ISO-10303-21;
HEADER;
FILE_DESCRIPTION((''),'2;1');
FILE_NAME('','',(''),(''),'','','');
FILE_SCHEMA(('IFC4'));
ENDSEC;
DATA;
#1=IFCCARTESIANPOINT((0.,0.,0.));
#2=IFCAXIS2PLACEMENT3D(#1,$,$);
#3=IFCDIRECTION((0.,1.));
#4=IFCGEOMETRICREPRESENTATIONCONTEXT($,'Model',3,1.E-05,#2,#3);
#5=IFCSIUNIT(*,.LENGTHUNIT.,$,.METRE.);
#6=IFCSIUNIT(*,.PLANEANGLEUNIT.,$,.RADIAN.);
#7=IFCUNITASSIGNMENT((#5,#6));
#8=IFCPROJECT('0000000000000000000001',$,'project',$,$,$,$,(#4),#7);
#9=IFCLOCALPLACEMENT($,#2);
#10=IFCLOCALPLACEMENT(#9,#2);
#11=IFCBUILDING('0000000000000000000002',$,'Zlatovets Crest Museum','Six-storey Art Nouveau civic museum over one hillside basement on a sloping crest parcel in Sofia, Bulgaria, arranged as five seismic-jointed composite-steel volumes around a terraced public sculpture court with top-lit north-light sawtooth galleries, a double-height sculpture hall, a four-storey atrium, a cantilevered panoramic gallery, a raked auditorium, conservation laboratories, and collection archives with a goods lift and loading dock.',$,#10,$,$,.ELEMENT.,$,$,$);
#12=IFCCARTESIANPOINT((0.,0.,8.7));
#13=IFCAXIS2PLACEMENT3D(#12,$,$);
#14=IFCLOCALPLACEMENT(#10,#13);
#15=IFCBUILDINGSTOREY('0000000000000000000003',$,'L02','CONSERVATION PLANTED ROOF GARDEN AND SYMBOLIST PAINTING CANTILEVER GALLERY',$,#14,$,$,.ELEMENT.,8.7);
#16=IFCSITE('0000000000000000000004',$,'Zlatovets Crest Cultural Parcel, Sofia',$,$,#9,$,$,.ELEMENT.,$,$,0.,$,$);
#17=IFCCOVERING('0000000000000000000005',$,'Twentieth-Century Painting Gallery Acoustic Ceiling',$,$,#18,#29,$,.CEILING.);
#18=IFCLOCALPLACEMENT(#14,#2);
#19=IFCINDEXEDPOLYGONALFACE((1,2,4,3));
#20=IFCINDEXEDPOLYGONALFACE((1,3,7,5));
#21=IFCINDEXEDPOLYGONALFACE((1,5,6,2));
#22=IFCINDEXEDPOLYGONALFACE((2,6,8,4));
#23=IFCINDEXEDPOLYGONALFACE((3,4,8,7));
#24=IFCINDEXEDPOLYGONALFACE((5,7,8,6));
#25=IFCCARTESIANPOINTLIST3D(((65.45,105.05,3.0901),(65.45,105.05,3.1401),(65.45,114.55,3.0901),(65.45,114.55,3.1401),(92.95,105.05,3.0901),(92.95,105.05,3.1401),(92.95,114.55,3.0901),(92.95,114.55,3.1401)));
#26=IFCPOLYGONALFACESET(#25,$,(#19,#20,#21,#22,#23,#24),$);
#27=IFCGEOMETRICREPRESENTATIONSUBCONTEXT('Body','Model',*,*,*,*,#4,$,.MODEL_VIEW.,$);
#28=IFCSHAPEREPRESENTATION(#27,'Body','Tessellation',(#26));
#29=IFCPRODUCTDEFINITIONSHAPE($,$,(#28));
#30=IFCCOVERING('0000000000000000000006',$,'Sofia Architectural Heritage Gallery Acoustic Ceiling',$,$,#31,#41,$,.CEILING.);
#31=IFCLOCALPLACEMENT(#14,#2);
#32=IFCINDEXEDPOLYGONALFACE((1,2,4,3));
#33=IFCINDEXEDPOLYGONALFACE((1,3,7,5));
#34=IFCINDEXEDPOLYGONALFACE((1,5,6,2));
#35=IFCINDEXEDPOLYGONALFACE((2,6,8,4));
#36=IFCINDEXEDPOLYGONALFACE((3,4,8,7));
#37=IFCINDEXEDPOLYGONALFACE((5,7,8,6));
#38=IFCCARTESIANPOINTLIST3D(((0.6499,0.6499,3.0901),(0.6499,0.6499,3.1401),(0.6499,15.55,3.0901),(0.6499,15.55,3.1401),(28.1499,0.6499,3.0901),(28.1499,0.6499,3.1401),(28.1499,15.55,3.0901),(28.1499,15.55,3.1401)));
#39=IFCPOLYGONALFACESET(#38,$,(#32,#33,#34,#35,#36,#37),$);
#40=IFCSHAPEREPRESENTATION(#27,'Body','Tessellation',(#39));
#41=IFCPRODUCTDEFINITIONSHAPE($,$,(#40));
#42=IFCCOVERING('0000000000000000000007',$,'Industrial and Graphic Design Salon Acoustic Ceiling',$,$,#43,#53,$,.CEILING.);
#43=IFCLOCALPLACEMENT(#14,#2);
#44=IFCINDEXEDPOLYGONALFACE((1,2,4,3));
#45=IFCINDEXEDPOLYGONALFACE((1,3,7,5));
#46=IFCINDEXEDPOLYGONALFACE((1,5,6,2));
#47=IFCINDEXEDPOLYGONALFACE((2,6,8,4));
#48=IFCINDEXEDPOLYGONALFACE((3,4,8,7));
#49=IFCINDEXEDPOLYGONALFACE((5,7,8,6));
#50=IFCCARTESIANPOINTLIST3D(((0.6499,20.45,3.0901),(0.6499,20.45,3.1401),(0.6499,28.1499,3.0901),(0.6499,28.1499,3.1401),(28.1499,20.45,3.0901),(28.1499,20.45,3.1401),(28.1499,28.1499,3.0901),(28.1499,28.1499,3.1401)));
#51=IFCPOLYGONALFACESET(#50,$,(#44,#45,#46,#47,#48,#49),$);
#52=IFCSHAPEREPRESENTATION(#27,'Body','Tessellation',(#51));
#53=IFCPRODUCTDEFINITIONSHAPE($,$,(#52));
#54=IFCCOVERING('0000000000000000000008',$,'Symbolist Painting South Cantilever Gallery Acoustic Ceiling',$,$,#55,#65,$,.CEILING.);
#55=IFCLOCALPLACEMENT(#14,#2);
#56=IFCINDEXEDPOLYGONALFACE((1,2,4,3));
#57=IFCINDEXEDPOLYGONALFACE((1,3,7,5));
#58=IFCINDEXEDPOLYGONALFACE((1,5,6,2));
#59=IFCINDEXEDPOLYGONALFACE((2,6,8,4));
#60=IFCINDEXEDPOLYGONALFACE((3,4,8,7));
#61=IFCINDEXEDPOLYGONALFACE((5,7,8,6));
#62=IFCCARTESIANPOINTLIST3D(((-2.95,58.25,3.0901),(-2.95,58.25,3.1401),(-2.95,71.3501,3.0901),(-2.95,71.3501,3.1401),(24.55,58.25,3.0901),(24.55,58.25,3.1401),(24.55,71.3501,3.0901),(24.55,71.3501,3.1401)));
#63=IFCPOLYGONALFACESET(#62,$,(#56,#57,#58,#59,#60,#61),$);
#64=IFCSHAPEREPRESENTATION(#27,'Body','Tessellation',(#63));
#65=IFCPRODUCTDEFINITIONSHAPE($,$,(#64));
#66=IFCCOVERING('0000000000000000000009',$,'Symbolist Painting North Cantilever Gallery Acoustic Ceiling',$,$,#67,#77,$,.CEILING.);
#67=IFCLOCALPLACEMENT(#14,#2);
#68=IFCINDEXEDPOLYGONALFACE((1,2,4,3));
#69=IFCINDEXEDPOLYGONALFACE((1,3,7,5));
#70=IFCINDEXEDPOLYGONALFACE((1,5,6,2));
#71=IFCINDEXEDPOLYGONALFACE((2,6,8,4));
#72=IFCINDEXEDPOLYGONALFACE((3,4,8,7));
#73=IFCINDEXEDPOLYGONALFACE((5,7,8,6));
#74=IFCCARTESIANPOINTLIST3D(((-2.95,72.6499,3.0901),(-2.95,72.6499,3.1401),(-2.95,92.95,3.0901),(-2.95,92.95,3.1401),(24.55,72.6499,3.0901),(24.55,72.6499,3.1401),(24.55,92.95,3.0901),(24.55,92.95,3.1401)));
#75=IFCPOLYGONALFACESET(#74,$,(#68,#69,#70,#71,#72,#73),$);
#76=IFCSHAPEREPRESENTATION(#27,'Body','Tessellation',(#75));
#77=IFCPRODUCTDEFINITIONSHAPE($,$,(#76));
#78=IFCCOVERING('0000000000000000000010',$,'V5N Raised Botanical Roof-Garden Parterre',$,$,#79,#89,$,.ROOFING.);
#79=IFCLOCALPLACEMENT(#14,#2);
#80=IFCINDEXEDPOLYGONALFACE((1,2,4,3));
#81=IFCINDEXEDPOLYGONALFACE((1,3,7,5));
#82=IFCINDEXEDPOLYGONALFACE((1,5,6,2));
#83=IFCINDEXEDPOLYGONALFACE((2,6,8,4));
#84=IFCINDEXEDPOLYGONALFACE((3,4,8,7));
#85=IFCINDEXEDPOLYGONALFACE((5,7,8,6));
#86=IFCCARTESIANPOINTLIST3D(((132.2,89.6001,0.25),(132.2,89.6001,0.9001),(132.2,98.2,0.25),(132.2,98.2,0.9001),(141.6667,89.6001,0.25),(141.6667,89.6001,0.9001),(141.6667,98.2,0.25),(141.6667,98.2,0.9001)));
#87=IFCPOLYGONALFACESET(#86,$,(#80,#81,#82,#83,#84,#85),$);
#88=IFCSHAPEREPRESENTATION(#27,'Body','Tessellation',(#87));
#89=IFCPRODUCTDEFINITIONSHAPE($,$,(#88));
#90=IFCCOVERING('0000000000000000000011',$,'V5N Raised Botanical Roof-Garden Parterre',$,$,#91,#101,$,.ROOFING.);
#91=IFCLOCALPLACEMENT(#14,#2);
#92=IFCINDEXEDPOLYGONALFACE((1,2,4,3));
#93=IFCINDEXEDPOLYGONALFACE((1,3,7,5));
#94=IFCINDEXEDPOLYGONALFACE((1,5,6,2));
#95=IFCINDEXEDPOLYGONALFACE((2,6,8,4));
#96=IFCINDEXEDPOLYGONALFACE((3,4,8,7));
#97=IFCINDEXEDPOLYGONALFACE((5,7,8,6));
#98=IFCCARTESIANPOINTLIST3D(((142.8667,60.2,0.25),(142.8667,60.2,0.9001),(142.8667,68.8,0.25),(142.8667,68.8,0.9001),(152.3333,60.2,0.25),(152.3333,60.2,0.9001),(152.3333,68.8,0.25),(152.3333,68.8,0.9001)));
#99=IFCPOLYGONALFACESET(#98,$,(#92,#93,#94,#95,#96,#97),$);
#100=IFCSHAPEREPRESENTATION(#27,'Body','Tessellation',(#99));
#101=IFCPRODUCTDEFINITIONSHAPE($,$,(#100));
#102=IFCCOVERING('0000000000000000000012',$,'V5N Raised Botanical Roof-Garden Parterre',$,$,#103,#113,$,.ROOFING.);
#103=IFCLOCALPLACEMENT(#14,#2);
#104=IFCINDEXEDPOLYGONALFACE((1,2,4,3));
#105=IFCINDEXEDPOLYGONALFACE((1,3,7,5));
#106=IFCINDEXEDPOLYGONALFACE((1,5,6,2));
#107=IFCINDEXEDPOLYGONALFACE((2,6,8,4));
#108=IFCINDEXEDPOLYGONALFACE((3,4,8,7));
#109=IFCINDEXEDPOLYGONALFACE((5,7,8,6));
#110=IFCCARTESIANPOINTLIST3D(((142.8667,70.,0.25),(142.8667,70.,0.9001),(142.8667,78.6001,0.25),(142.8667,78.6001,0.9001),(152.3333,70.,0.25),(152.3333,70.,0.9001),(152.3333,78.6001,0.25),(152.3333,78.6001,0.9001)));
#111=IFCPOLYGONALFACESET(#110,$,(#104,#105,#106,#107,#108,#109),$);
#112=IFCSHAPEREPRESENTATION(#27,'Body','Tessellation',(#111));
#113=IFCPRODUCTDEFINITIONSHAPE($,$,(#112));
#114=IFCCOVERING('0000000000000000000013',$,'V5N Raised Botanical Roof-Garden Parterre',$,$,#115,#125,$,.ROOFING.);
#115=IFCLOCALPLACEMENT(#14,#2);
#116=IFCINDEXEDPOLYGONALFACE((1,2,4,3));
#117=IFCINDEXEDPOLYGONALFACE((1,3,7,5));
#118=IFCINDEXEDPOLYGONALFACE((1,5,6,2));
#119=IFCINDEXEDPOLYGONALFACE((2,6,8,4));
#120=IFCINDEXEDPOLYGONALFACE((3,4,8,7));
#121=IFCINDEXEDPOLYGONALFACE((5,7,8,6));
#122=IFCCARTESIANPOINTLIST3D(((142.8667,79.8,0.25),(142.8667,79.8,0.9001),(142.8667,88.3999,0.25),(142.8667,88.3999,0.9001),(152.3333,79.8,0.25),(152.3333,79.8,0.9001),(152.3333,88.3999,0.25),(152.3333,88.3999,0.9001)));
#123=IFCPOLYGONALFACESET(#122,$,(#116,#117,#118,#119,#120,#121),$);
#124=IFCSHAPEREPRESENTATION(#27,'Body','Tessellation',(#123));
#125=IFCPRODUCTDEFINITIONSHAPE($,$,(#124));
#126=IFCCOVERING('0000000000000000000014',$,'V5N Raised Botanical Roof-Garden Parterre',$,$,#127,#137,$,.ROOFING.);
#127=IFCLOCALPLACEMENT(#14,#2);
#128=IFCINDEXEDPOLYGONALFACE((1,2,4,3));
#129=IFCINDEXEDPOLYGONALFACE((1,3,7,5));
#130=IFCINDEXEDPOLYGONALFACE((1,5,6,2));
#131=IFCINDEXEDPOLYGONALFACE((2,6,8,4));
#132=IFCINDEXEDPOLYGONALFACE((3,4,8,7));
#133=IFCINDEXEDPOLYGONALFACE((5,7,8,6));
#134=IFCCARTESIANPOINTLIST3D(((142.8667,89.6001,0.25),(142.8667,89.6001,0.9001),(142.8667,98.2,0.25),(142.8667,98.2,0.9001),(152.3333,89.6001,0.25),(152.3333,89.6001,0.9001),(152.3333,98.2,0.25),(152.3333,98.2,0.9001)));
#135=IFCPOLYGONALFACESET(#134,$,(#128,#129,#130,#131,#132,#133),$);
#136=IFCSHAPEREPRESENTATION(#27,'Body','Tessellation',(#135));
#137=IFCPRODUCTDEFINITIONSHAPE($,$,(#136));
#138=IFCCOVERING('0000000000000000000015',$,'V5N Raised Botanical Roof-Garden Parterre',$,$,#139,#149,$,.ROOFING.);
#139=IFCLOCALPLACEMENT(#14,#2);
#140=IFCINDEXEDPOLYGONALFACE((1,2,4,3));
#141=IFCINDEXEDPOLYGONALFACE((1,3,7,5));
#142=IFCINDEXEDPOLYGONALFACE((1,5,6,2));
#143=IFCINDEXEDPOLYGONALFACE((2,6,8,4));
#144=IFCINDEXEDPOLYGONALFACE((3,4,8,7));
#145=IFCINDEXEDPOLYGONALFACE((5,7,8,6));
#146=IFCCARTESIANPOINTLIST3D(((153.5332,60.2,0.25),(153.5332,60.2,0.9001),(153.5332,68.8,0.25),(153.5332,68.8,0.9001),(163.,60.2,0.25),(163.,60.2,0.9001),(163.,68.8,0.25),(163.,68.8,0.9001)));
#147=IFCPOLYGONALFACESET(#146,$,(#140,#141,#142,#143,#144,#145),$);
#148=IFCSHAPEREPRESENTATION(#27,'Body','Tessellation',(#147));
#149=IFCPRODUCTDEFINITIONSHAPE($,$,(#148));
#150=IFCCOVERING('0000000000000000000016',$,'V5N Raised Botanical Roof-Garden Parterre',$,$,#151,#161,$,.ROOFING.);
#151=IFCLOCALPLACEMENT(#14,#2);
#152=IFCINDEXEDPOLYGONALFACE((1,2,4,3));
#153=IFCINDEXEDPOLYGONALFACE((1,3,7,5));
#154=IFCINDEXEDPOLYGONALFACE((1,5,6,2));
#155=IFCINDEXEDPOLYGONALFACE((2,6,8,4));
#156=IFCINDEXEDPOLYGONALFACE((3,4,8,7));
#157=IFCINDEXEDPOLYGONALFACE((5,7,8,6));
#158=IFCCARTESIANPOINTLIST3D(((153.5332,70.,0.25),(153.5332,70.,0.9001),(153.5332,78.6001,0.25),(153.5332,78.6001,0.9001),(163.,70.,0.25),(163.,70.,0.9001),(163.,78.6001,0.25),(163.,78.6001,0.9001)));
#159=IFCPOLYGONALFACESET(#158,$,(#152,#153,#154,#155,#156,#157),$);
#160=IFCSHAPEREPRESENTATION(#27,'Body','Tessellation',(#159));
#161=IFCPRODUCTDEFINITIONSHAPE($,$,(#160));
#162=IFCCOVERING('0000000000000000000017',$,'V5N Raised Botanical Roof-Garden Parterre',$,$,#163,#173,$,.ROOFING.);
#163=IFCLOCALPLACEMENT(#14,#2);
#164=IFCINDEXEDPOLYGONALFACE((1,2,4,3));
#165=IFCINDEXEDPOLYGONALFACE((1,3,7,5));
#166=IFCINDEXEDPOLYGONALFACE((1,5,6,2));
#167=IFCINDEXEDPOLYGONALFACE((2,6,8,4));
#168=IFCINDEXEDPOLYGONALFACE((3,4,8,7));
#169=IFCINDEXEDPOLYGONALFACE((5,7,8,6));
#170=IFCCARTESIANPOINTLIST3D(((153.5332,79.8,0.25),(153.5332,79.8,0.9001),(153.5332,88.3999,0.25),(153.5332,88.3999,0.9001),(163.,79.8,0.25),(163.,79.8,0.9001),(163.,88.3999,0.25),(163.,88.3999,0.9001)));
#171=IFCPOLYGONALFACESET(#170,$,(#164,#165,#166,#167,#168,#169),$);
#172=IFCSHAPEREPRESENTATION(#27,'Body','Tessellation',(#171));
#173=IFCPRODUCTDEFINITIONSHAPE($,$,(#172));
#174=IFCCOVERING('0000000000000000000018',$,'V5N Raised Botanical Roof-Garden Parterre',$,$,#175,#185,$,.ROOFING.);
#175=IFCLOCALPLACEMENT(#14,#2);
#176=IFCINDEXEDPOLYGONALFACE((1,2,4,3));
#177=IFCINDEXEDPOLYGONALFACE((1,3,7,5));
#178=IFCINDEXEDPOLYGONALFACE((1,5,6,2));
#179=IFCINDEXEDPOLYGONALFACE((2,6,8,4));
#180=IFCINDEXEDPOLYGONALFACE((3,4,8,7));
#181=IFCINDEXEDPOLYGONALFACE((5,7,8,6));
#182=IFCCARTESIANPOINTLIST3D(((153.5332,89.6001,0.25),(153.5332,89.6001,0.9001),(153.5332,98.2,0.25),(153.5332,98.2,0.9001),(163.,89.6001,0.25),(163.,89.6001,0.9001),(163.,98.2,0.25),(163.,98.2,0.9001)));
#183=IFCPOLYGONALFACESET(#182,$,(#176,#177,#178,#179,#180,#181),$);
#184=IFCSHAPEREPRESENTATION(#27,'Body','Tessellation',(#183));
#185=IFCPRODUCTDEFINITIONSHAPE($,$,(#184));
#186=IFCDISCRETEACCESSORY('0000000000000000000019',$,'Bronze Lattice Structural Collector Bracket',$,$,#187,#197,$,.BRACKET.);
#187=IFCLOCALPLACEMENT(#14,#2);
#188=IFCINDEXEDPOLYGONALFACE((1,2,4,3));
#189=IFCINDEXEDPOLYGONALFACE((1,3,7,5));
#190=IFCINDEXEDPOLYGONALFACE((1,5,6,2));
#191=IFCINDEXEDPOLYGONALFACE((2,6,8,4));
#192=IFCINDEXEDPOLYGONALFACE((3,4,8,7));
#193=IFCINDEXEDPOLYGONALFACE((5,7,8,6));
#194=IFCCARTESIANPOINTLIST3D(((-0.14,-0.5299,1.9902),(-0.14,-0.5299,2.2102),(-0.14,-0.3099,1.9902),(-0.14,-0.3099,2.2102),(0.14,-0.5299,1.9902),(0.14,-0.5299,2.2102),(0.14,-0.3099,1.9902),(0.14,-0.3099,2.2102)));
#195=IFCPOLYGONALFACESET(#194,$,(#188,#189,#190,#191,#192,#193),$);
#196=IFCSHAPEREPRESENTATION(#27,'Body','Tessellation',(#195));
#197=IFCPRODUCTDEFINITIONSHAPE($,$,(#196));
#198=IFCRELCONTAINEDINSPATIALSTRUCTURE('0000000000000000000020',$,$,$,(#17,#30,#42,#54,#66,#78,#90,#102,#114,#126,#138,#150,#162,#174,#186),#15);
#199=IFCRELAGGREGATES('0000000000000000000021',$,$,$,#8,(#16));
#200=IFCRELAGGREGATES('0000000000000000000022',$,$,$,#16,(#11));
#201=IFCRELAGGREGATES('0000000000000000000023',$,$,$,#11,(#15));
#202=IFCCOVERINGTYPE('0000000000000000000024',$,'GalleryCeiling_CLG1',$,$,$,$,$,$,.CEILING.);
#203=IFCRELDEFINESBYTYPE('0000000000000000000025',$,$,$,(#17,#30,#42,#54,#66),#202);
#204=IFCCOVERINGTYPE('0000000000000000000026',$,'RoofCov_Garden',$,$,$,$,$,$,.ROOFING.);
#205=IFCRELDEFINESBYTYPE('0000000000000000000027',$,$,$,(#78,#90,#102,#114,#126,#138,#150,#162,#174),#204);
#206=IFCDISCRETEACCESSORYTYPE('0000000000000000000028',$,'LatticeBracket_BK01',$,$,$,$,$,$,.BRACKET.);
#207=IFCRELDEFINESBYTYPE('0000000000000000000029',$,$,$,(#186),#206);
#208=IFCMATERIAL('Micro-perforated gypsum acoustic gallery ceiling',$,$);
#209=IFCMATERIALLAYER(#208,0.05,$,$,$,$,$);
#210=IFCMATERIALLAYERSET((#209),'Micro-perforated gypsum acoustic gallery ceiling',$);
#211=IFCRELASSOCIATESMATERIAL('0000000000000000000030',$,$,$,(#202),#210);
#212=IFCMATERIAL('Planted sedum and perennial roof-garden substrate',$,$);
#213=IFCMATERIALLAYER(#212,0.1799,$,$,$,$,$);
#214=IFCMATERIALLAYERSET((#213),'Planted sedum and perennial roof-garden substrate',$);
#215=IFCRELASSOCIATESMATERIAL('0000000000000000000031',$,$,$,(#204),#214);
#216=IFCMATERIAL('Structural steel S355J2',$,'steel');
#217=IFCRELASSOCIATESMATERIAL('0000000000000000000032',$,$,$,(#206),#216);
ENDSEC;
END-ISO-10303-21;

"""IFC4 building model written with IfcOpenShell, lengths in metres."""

from ifc_helpers import new_model, si_unit, direction, frame, origin, origin_2d, place, context, subcontext, project, spatial, polyline, rectangle, outline, extrude, material, layer, layer_set, type_object, element, save


model = new_model("IFC4")

# Units and contexts
model_context = context("Model", 3, precision=1e-05, world=origin(), true_north=direction((0.0, 1.0)))
body_context = subcontext(model_context, "Body", "Model", "MODEL_VIEW")
ifc_project = project(units=[si_unit("LENGTHUNIT", "METRE"), si_unit("PLANEANGLEUNIT", "RADIAN")], contexts=[model_context])

# Site, building, storey
site_placement = place(None, origin())
site = spatial("IfcSite", under=ifc_project, at=site_placement, Name="Zlatovets Crest Cultural Parcel, Sofia", CompositionType="ELEMENT", RefElevation=0.0)
building_placement = place(site_placement, origin())
building = spatial("IfcBuilding", under=site, at=building_placement, Name="Zlatovets Crest Museum", Description="Six-storey Art Nouveau civic museum over one hillside basement on a sloping crest parcel in Sofia, Bulgaria, arranged as five seismic-jointed composite-steel volumes around a terraced public sculpture court with top-lit north-light sawtooth galleries, a double-height sculpture hall, a four-storey atrium, a cantilevered panoramic gallery, a raked auditorium, conservation laboratories, and collection archives with a goods lift and loading dock.", CompositionType="ELEMENT")
storey_placement = place(building_placement, frame((0.0, 0.0, 8.7)))
storey = spatial("IfcBuildingStorey", under=building, at=storey_placement, Name="L02", Description="CONSERVATION PLANTED ROOF GARDEN AND SYMBOLIST PAINTING CANTILEVER GALLERY", CompositionType="ELEMENT", Elevation=8.7)

# Shared definitions
ifc_material_1 = material(Name="Structural steel S355J2", Category="steel")

# Coverings
ifc_material_2 = material(Name="Micro-perforated gypsum acoustic gallery ceiling")
ifc_layer_1 = layer(ifc_material_2, 0.05)
ifc_layer_set_1 = layer_set([ifc_layer_1], Name="Micro-perforated gypsum acoustic gallery ceiling")
covering_type_1 = type_object("IfcCoveringType", Name="GalleryCeiling_CLG1", PredefinedType="CEILING", material=ifc_layer_set_1)
covering_1_placement = place(storey_placement, frame((0.0, 0.0, 3.0901)))
element("IfcCovering", 1, at=covering_1_placement, inside=storey, type_object=covering_type_1, Name="Twentieth-Century Painting Gallery Acoustic Ceiling", PredefinedType="CEILING", context=body_context, shape_type="SweptSolid", body=[
    extrude(outline(polyline([(65.45, 105.05), (92.95, 105.05), (92.95, 114.55), (65.45, 114.55), (65.45, 105.05)])), origin(), (0.0, 0.0, 1.0), 0.05),
])
covering_2_placement = place(storey_placement, frame((0.0, 0.0, 3.0901)))
element("IfcCovering", 2, at=covering_2_placement, inside=storey, type_object=covering_type_1, Name="Sofia Architectural Heritage Gallery Acoustic Ceiling", PredefinedType="CEILING", context=body_context, shape_type="SweptSolid", body=[
    extrude(outline(polyline([(0.6499, 0.6499), (28.1499, 0.6499), (28.1499, 15.55), (0.6499, 15.55), (0.6499, 0.6499)])), origin(), (0.0, 0.0, 1.0), 0.05),
])
covering_3_placement = place(storey_placement, frame((0.0, 0.0, 3.0901)))
element("IfcCovering", 3, at=covering_3_placement, inside=storey, type_object=covering_type_1, Name="Industrial and Graphic Design Salon Acoustic Ceiling", PredefinedType="CEILING", context=body_context, shape_type="SweptSolid", body=[
    extrude(outline(polyline([(0.6499, 20.45), (28.1499, 20.45), (28.1499, 28.1499), (0.6499, 28.1499), (0.6499, 20.45)])), origin(), (0.0, 0.0, 1.0), 0.05),
])
covering_4_placement = place(storey_placement, frame((0.0, 0.0, 3.0901)))
element("IfcCovering", 4, at=covering_4_placement, inside=storey, type_object=covering_type_1, Name="Symbolist Painting South Cantilever Gallery Acoustic Ceiling", PredefinedType="CEILING", context=body_context, shape_type="SweptSolid", body=[
    extrude(outline(polyline([(-2.95, 58.25), (24.55, 58.25), (24.55, 71.3501), (-2.95, 71.3501), (-2.95, 58.25)])), origin(), (0.0, 0.0, 1.0), 0.05),
])
covering_5_placement = place(storey_placement, frame((0.0, 0.0, 3.0901)))
element("IfcCovering", 5, at=covering_5_placement, inside=storey, type_object=covering_type_1, Name="Symbolist Painting North Cantilever Gallery Acoustic Ceiling", PredefinedType="CEILING", context=body_context, shape_type="SweptSolid", body=[
    extrude(outline(polyline([(-2.95, 72.6499), (24.55, 72.6499), (24.55, 92.95), (-2.95, 92.95), (-2.95, 72.6499)])), origin(), (0.0, 0.0, 1.0), 0.05),
])
ifc_material_3 = material(Name="Planted sedum and perennial roof-garden substrate")
ifc_layer_2 = layer(ifc_material_3, 0.1799)
ifc_layer_set_2 = layer_set([ifc_layer_2], Name="Planted sedum and perennial roof-garden substrate")
covering_type_2 = type_object("IfcCoveringType", Name="RoofCov_Garden", PredefinedType="ROOFING", material=ifc_layer_set_2)
covering_6_placement = place(storey_placement, frame((0.0, 0.0, 0.25)))
element("IfcCovering", 6, at=covering_6_placement, inside=storey, type_object=covering_type_2, Name="V5N Raised Botanical Roof-Garden Parterre", PredefinedType="ROOFING", context=body_context, shape_type="SweptSolid", body=[
    extrude(outline(polyline([(132.2, 89.6001), (141.6667, 89.6001), (141.6667, 98.2), (132.2, 98.2), (132.2, 89.6001)])), origin(), (0.0, 0.0, 1.0), 0.6501),
])
covering_7_placement = place(storey_placement, frame((0.0, 0.0, 0.25)))
element("IfcCovering", 7, at=covering_7_placement, inside=storey, type_object=covering_type_2, Name="V5N Raised Botanical Roof-Garden Parterre", PredefinedType="ROOFING", context=body_context, shape_type="SweptSolid", body=[
    extrude(outline(polyline([(142.8667, 60.2), (152.3333, 60.2), (152.3333, 68.8), (142.8667, 68.8), (142.8667, 60.2)])), origin(), (0.0, 0.0, 1.0), 0.6501),
])
covering_8_placement = place(storey_placement, frame((0.0, 0.0, 0.25)))
element("IfcCovering", 8, at=covering_8_placement, inside=storey, type_object=covering_type_2, Name="V5N Raised Botanical Roof-Garden Parterre", PredefinedType="ROOFING", context=body_context, shape_type="SweptSolid", body=[
    extrude(outline(polyline([(142.8667, 70.0), (152.3333, 70.0), (152.3333, 78.6001), (142.8667, 78.6001), (142.8667, 70.0)])), origin(), (0.0, 0.0, 1.0), 0.6501),
])
covering_9_placement = place(storey_placement, frame((0.0, 0.0, 0.25)))
element("IfcCovering", 9, at=covering_9_placement, inside=storey, type_object=covering_type_2, Name="V5N Raised Botanical Roof-Garden Parterre", PredefinedType="ROOFING", context=body_context, shape_type="SweptSolid", body=[
    extrude(outline(polyline([(142.8667, 79.8), (152.3333, 79.8), (152.3333, 88.3999), (142.8667, 88.3999), (142.8667, 79.8)])), origin(), (0.0, 0.0, 1.0), 0.6501),
])
covering_10_placement = place(storey_placement, frame((0.0, 0.0, 0.25)))
element("IfcCovering", 10, at=covering_10_placement, inside=storey, type_object=covering_type_2, Name="V5N Raised Botanical Roof-Garden Parterre", PredefinedType="ROOFING", context=body_context, shape_type="SweptSolid", body=[
    extrude(outline(polyline([(142.8667, 89.6001), (152.3333, 89.6001), (152.3333, 98.2), (142.8667, 98.2), (142.8667, 89.6001)])), origin(), (0.0, 0.0, 1.0), 0.6501),
])
covering_11_placement = place(storey_placement, frame((0.0, 0.0, 0.25)))
element("IfcCovering", 11, at=covering_11_placement, inside=storey, type_object=covering_type_2, Name="V5N Raised Botanical Roof-Garden Parterre", PredefinedType="ROOFING", context=body_context, shape_type="SweptSolid", body=[
    extrude(outline(polyline([(153.5332, 60.2), (163.0, 60.2), (163.0, 68.8), (153.5332, 68.8), (153.5332, 60.2)])), origin(), (0.0, 0.0, 1.0), 0.6501),
])
covering_12_placement = place(storey_placement, frame((0.0, 0.0, 0.25)))
element("IfcCovering", 12, at=covering_12_placement, inside=storey, type_object=covering_type_2, Name="V5N Raised Botanical Roof-Garden Parterre", PredefinedType="ROOFING", context=body_context, shape_type="SweptSolid", body=[
    extrude(outline(polyline([(153.5332, 70.0), (163.0, 70.0), (163.0, 78.6001), (153.5332, 78.6001), (153.5332, 70.0)])), origin(), (0.0, 0.0, 1.0), 0.6501),
])
covering_13_placement = place(storey_placement, frame((0.0, 0.0, 0.25)))
element("IfcCovering", 13, at=covering_13_placement, inside=storey, type_object=covering_type_2, Name="V5N Raised Botanical Roof-Garden Parterre", PredefinedType="ROOFING", context=body_context, shape_type="SweptSolid", body=[
    extrude(outline(polyline([(153.5332, 79.8), (163.0, 79.8), (163.0, 88.3999), (153.5332, 88.3999), (153.5332, 79.8)])), origin(), (0.0, 0.0, 1.0), 0.6501),
])
covering_14_placement = place(storey_placement, frame((0.0, 0.0, 0.25)))
element("IfcCovering", 14, at=covering_14_placement, inside=storey, type_object=covering_type_2, Name="V5N Raised Botanical Roof-Garden Parterre", PredefinedType="ROOFING", context=body_context, shape_type="SweptSolid", body=[
    extrude(outline(polyline([(153.5332, 89.6001), (163.0, 89.6001), (163.0, 98.2), (153.5332, 98.2), (153.5332, 89.6001)])), origin(), (0.0, 0.0, 1.0), 0.6501),
])

# Discrete accessory
discrete_accessory_type = type_object("IfcDiscreteAccessoryType", Name="LatticeBracket_BK01", PredefinedType="BRACKET", material=ifc_material_1)
for number, where, z_axis, x_axis, name in (
    (15, (0.0, -0.4199, 1.9902), (0.0, 0.0, 1.0), (1.0, 0.0, 0.0), "Bronze Lattice Structural Collector Bracket"),
):
    element("IfcDiscreteAccessory", number, at=place(storey_placement, frame(where, z_axis=z_axis, x_axis=x_axis)), inside=storey, type_object=discrete_accessory_type, Name=name, PredefinedType="BRACKET", context=body_context, shape_type="SweptSolid", body=[
        extrude(rectangle(XDim=0.28, YDim=0.22, at=origin_2d()), origin(), (0.0, 0.0, 1.0), 0.22),
    ])

save(model, "model.ifc")
